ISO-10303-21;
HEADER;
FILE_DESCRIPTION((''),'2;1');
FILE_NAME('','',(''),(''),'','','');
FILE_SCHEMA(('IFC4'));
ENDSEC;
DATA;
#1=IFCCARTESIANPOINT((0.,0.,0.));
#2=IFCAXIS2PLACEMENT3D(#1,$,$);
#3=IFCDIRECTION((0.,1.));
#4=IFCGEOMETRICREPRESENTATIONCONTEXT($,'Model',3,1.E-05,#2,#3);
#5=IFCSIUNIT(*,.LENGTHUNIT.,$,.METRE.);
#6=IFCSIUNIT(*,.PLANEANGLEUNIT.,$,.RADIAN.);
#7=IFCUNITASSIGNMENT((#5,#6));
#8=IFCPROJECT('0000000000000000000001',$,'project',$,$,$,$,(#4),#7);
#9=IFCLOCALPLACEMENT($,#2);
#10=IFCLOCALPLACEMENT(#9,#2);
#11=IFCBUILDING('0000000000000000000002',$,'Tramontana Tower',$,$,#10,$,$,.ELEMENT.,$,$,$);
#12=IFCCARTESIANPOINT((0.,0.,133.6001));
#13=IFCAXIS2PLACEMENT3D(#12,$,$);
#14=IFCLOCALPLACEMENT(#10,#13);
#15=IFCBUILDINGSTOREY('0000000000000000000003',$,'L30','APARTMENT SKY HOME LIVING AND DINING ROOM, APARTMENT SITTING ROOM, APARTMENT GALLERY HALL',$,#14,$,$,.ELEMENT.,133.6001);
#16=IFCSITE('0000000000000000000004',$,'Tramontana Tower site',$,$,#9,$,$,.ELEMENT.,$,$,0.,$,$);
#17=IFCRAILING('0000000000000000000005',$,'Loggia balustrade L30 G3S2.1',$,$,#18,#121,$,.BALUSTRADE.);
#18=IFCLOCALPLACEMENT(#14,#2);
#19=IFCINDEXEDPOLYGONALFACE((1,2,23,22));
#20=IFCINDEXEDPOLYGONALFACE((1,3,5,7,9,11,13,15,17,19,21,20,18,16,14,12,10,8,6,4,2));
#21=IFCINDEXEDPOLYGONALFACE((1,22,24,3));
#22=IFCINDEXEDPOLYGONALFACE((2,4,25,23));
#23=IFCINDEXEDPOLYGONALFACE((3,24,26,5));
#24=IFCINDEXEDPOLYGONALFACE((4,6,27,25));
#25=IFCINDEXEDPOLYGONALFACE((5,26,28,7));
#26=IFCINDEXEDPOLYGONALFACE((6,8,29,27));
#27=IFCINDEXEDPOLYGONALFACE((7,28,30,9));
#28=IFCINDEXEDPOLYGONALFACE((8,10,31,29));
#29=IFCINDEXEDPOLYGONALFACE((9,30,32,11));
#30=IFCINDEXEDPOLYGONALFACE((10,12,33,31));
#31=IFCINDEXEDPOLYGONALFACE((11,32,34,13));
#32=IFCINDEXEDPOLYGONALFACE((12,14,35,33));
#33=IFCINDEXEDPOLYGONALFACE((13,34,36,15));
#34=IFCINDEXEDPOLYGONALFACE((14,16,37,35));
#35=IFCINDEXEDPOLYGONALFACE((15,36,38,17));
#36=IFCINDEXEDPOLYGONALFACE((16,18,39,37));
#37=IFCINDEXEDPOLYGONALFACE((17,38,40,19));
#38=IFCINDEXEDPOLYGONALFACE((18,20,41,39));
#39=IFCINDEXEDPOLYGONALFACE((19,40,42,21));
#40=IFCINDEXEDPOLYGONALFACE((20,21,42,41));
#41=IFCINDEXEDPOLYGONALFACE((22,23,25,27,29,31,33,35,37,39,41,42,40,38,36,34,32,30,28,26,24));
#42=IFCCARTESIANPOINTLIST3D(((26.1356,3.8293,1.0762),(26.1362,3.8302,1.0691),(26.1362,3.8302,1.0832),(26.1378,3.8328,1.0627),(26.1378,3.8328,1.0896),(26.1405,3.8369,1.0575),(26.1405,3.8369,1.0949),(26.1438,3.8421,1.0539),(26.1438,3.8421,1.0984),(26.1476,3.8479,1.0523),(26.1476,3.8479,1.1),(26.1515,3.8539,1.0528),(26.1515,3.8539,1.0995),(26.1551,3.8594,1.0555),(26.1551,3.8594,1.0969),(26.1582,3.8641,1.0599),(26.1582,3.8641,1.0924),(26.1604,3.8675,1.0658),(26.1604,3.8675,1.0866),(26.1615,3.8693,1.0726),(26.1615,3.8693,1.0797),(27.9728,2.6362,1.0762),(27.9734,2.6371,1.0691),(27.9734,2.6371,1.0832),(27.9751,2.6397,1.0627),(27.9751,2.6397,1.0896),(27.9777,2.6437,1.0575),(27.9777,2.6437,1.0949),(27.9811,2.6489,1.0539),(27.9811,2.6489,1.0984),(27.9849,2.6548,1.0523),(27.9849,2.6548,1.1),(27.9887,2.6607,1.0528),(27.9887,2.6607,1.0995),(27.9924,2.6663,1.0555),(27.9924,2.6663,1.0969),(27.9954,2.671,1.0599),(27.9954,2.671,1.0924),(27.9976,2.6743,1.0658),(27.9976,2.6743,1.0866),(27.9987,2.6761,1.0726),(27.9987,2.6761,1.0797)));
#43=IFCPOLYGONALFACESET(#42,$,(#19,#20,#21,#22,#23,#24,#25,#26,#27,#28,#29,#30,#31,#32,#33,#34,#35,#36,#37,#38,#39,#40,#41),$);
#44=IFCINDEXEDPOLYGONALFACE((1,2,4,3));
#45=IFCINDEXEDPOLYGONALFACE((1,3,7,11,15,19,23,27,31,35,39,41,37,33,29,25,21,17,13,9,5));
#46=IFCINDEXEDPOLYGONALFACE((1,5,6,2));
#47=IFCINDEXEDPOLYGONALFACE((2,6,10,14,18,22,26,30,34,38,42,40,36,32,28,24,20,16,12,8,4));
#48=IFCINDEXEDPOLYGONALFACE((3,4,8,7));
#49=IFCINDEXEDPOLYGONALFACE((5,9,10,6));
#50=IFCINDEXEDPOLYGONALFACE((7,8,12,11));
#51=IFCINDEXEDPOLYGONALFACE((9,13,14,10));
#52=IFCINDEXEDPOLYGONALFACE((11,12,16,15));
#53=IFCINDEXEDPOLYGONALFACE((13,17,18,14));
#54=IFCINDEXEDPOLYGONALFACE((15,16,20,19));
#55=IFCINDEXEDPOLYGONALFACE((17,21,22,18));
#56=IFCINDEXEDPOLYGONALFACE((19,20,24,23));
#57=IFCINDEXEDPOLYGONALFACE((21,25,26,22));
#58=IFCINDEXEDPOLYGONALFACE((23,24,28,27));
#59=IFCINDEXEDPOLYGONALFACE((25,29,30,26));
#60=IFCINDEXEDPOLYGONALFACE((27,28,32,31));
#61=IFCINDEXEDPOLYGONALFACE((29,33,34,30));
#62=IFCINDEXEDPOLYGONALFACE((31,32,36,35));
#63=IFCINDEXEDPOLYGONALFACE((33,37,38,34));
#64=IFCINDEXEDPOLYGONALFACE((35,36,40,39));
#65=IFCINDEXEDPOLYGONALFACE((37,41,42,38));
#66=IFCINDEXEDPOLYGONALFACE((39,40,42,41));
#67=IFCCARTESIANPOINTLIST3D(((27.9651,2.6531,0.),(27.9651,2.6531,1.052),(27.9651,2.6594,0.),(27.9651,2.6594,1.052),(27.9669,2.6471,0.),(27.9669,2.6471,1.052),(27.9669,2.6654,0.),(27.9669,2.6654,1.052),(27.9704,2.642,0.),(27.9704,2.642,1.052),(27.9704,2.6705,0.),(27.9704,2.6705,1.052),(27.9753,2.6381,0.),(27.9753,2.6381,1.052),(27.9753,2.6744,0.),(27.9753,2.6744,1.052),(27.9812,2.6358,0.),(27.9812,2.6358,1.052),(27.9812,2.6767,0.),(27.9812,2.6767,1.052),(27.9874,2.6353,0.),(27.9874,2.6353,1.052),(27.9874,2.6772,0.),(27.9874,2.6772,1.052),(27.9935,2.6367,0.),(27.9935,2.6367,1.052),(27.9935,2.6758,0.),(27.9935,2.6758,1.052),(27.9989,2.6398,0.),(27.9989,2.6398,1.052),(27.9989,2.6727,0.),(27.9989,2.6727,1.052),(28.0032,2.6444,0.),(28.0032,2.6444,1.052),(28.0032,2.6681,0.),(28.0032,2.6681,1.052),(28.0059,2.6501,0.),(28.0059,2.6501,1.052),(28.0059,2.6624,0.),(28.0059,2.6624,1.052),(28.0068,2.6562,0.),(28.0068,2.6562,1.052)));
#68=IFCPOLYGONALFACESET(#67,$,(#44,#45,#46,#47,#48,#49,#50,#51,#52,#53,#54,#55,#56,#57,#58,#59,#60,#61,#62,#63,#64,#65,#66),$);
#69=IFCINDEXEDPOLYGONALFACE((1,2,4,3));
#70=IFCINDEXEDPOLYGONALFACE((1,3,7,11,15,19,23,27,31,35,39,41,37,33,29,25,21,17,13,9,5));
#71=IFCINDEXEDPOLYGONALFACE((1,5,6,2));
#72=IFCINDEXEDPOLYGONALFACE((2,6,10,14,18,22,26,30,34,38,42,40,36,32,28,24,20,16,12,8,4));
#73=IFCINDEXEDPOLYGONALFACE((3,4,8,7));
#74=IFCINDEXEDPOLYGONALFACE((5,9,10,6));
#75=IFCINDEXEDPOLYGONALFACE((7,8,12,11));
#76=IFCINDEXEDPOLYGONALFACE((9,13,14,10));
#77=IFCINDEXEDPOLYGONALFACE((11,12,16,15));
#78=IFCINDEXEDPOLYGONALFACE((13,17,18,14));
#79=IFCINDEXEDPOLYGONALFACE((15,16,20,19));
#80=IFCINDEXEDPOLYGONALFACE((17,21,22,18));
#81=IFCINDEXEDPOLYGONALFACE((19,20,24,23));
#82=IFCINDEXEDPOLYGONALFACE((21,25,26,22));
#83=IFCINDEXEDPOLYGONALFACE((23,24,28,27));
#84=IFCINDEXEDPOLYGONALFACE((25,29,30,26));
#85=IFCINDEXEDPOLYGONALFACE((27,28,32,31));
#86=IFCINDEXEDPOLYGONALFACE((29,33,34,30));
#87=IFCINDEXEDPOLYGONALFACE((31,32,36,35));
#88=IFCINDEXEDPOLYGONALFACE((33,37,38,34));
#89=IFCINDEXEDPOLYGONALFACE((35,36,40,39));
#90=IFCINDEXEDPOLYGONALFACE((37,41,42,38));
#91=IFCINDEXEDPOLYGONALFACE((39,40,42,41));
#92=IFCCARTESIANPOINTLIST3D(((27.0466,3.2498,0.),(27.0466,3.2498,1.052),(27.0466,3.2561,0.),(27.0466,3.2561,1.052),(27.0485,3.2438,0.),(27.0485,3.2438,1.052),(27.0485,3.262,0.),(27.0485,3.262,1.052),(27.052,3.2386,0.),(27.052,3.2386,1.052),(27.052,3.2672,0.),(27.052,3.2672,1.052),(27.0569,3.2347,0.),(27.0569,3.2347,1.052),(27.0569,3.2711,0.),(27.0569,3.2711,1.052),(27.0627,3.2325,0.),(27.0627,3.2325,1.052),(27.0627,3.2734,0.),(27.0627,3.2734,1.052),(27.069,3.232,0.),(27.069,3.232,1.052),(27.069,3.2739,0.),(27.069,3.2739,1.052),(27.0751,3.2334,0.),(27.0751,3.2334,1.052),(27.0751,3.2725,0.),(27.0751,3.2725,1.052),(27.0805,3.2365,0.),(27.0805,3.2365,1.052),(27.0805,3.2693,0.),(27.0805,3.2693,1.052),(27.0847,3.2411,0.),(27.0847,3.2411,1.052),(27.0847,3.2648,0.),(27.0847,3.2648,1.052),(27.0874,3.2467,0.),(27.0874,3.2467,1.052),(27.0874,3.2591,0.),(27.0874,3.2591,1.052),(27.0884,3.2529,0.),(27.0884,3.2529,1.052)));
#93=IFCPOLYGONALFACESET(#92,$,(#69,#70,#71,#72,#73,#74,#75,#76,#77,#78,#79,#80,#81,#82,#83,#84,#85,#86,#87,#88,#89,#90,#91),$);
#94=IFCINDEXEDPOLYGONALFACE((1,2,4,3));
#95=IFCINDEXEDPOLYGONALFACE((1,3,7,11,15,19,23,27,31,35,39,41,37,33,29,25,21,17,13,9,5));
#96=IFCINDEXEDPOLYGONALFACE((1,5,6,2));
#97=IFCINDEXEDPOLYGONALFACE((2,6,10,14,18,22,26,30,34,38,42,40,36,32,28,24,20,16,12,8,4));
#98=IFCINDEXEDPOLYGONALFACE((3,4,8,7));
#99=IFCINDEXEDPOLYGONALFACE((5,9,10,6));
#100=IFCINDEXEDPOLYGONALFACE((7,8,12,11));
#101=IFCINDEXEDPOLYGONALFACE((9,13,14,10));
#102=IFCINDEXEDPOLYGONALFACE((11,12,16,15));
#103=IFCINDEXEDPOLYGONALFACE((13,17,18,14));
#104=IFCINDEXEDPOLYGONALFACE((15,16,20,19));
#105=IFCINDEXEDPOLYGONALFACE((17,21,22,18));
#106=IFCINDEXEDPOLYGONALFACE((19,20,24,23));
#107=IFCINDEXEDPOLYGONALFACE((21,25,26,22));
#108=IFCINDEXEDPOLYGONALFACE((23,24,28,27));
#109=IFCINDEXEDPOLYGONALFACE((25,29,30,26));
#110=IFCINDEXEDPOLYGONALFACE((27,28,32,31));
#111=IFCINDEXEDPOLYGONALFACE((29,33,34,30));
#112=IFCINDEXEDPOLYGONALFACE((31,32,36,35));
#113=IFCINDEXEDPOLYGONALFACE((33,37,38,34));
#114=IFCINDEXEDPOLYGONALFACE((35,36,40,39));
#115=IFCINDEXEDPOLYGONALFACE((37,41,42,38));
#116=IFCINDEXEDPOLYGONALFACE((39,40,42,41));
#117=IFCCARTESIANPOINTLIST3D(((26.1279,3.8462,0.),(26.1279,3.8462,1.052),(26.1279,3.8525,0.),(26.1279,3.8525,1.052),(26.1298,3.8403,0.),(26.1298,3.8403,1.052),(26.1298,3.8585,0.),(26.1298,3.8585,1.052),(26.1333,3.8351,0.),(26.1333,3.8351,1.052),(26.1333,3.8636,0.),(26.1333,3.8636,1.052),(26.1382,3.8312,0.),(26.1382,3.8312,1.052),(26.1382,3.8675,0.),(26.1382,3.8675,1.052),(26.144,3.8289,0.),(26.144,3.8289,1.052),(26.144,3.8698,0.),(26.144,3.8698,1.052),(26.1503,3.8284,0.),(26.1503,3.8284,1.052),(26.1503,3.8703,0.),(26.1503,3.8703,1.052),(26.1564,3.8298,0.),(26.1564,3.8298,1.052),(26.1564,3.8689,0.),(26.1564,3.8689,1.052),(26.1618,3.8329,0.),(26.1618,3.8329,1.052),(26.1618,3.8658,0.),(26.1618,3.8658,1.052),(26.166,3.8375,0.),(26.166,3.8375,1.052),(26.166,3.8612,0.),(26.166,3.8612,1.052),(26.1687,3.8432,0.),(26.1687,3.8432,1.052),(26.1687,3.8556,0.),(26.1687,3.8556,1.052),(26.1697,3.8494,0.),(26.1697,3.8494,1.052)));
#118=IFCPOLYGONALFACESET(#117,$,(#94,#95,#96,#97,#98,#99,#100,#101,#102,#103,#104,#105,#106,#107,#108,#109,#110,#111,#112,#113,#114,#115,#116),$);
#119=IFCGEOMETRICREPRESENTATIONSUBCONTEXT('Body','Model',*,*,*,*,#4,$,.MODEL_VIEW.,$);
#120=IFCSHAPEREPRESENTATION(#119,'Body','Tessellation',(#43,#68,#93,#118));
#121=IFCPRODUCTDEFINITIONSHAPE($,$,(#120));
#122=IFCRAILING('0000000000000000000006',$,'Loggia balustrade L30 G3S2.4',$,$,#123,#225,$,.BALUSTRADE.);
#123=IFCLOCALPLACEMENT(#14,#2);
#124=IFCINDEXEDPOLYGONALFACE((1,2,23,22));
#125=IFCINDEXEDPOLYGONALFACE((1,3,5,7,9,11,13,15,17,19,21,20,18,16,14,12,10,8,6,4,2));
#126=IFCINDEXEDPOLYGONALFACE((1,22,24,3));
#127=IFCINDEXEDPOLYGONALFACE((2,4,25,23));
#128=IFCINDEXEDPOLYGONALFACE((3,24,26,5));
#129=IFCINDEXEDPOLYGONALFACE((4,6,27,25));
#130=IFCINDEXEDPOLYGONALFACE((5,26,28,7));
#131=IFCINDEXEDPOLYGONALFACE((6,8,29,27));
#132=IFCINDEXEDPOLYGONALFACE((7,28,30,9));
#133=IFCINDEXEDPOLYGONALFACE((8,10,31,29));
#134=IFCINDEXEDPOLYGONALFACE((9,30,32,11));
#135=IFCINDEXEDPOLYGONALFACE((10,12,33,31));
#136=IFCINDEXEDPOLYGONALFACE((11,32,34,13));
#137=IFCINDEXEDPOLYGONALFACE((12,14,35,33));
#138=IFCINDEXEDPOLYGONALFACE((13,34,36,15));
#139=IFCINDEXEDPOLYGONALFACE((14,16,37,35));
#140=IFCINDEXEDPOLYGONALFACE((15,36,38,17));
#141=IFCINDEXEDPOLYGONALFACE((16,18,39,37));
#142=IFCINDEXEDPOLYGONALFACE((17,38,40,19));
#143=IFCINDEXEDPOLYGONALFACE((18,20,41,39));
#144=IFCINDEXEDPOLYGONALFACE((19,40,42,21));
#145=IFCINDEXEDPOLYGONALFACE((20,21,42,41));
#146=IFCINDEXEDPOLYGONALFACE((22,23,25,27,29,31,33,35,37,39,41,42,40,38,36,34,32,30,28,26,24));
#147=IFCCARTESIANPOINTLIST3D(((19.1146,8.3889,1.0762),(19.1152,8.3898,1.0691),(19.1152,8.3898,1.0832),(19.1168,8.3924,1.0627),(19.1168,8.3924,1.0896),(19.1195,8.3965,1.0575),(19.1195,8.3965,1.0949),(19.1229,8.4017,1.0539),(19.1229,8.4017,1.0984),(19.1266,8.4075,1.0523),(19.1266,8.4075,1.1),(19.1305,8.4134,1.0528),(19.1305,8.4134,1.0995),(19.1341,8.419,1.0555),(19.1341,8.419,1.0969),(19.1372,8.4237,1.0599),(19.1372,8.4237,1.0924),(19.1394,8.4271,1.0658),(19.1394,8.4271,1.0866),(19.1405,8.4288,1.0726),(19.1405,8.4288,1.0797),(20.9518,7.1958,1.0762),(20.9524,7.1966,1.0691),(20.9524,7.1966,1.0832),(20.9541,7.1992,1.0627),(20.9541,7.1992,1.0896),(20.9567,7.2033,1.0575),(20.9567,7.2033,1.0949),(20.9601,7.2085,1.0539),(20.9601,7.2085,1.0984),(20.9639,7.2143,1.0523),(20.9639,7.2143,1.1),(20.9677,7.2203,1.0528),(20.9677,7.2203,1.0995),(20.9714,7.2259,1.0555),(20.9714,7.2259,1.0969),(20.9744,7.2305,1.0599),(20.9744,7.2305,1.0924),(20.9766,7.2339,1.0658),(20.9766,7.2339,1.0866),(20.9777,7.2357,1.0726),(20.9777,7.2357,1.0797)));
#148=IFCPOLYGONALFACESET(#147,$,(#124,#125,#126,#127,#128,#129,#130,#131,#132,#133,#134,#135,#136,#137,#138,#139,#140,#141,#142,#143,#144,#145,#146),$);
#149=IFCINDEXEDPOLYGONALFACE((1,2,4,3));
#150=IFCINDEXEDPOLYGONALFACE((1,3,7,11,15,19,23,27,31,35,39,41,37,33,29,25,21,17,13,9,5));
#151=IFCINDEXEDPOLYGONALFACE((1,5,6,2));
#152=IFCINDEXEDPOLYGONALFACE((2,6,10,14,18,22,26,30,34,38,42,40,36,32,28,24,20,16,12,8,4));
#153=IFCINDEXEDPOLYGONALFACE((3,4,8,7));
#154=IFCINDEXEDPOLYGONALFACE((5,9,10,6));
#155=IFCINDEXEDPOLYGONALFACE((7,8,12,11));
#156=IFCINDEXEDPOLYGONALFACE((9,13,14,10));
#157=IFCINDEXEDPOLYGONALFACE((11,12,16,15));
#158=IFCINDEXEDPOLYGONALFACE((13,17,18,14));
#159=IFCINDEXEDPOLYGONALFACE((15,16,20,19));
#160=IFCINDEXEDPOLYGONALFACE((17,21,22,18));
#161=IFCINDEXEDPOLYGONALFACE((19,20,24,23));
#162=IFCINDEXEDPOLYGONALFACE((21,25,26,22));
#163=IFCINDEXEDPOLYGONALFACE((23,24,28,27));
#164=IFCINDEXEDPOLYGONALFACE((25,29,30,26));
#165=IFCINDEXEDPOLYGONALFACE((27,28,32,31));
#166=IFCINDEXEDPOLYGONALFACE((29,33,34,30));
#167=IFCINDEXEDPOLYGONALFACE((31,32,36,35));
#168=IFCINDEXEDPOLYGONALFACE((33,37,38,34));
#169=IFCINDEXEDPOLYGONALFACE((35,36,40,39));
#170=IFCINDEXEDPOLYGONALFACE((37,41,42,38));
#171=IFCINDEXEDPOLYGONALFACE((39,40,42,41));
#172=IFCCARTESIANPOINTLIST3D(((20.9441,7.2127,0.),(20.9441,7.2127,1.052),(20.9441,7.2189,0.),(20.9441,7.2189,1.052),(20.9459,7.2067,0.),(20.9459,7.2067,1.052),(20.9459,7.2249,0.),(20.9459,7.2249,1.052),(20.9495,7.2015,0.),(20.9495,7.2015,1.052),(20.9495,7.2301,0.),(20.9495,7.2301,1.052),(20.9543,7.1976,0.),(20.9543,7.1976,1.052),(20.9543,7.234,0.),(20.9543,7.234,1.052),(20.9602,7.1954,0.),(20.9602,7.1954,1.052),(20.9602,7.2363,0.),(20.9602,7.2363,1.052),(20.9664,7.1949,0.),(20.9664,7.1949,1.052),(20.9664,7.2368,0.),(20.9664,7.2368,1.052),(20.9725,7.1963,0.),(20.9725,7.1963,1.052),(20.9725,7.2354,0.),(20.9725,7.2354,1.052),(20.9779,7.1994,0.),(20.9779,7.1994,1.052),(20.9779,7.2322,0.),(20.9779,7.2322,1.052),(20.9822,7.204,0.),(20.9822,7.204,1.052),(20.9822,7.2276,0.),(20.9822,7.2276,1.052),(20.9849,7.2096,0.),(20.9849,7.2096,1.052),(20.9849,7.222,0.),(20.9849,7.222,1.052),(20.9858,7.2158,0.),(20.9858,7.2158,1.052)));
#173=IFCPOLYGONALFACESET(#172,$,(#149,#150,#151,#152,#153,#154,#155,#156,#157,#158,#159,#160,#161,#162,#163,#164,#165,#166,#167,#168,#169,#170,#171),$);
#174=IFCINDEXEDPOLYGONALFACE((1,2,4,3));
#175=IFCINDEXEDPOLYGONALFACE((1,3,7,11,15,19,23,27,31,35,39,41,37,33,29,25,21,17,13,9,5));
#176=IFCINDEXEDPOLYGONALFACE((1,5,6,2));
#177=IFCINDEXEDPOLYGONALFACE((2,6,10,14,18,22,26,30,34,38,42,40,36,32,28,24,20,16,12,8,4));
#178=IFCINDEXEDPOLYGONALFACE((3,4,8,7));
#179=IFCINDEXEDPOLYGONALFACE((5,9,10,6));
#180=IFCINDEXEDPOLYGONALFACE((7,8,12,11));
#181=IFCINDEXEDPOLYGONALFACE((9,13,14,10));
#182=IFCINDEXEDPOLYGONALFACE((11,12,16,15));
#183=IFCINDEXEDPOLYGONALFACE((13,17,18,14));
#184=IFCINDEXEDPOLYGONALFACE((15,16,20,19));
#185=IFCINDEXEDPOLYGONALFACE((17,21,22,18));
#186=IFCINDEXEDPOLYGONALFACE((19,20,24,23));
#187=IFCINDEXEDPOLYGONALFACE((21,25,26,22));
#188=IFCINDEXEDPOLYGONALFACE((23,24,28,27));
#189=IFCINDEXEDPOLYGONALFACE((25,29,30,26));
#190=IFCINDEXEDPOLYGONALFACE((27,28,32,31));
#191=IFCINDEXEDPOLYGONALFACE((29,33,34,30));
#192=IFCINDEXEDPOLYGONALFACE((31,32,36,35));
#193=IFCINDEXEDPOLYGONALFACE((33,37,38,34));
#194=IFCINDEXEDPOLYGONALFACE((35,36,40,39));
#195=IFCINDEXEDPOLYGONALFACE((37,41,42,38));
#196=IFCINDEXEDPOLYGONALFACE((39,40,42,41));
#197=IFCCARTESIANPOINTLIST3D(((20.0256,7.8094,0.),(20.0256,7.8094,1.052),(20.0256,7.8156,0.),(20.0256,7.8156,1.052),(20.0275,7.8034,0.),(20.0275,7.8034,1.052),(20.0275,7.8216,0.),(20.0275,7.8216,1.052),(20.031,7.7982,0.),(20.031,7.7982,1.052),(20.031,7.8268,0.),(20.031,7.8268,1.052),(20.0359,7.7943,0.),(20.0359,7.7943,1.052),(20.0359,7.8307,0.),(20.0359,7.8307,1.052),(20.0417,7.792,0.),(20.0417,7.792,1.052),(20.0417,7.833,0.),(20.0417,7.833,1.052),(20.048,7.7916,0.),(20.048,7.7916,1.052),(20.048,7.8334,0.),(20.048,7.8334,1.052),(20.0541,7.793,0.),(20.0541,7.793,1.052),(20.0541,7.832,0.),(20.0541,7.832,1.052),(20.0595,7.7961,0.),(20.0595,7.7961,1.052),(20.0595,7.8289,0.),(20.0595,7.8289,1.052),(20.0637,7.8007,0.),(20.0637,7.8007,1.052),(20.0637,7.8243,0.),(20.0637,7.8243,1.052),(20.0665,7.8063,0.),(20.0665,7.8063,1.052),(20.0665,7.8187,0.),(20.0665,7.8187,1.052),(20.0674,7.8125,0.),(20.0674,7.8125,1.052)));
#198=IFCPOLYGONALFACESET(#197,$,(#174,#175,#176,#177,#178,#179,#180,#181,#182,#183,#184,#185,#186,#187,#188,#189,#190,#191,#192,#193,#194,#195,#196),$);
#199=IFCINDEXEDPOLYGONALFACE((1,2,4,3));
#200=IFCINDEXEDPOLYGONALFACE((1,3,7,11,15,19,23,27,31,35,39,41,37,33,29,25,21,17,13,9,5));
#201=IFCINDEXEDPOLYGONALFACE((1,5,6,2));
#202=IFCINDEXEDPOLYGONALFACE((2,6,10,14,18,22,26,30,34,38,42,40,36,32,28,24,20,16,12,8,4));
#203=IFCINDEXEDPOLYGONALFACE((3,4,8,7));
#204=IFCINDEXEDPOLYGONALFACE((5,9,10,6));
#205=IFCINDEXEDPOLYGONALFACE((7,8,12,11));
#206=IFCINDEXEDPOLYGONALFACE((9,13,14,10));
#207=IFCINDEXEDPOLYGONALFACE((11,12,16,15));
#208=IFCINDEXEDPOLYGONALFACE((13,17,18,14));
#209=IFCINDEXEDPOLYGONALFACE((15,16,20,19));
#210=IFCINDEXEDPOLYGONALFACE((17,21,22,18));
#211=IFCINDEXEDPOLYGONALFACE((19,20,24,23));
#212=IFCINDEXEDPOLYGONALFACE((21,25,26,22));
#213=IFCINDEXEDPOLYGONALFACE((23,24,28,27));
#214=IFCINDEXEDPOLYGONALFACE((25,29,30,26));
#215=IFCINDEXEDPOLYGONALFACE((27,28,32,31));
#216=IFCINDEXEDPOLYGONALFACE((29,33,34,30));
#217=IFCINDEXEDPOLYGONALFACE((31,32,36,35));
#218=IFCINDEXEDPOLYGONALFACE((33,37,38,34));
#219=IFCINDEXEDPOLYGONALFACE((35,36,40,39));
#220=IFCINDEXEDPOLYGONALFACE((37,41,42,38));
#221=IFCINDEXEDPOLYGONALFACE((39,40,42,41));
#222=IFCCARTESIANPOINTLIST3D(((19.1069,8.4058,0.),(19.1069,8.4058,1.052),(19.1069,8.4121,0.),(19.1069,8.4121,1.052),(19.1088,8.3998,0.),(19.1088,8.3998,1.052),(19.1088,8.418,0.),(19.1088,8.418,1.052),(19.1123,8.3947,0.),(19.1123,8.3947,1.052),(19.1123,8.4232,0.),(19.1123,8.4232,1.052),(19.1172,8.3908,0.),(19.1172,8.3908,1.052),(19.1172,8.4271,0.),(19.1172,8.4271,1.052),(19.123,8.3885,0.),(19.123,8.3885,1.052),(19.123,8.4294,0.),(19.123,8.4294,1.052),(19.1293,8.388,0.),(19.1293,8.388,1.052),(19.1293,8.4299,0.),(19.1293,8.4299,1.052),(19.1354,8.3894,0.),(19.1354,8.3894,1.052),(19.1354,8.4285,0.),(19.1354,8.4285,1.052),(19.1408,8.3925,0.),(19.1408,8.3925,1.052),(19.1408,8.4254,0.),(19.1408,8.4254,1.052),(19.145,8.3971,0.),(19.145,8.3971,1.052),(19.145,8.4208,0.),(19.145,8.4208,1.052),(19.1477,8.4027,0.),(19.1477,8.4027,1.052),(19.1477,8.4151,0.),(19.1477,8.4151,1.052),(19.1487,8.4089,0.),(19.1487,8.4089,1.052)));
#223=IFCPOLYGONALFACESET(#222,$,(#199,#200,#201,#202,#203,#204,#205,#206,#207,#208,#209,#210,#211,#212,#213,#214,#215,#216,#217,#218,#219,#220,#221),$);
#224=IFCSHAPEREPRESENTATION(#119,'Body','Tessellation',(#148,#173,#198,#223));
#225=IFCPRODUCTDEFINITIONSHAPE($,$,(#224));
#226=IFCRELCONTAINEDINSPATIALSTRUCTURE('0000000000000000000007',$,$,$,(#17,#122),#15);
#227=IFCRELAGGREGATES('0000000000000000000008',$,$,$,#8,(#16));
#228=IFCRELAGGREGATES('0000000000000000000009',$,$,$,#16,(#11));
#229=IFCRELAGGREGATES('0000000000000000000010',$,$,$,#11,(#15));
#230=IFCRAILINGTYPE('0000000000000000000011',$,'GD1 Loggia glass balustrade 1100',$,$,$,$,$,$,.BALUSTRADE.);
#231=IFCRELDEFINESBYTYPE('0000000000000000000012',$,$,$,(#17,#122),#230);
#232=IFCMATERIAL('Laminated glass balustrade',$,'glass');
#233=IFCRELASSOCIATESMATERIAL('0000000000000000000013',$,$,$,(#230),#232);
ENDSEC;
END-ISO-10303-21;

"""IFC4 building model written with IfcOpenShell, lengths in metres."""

from ifc_helpers import new_model, si_unit, direction, frame, origin, origin_2d, place, context, subcontext, project, spatial, circle, extrude, material, type_object, element, save


model = new_model("IFC4")

# Units and contexts
model_context = context("Model", 3, precision=1e-05, world=origin(), true_north=direction((0.0, 1.0)))
body_context = subcontext(model_context, "Body", "Model", "MODEL_VIEW")
ifc_project = project(units=[si_unit("LENGTHUNIT", "METRE"), si_unit("PLANEANGLEUNIT", "RADIAN")], contexts=[model_context])

# Site, building, storey
site_placement = place(None, origin())
site = spatial("IfcSite", under=ifc_project, at=site_placement, Name="Tramontana Tower site", CompositionType="ELEMENT", RefElevation=0.0)
building_placement = place(site_placement, origin())
building = spatial("IfcBuilding", under=site, at=building_placement, Name="Tramontana Tower", CompositionType="ELEMENT")
storey_placement = place(building_placement, frame((0.0, 0.0, 133.6001)))
storey = spatial("IfcBuildingStorey", under=building, at=storey_placement, Name="L30", Description="APARTMENT SKY HOME LIVING AND DINING ROOM, APARTMENT SITTING ROOM, APARTMENT GALLERY HALL", CompositionType="ELEMENT", Elevation=133.6001)

# Railings
ifc_material_1 = material(Name="Laminated glass balustrade", Category="glass")
railing_type = type_object("IfcRailingType", Name="GD1 Loggia glass balustrade 1100", PredefinedType="BALUSTRADE", material=ifc_material_1)
for number, where, name in (
    (1, (27.9858, 2.6562, 0.0), "Loggia balustrade L30 G3S2.1"),
    (2, (20.9648, 7.2158, 0.0), "Loggia balustrade L30 G3S2.4"),
):
    element("IfcRailing", number, at=place(storey_placement, frame(where)), inside=storey, type_object=railing_type, Name=name, PredefinedType="BALUSTRADE", context=body_context, shape_type="SweptSolid", body=[
        extrude(circle(Radius=0.0239, at=origin_2d()), frame((0.0, 0.0, 1.0762), z_axis=(-0.83866, 0.544655, 0.0), x_axis=(-0.544655, -0.83866, 0.0)), (0.0, 0.0, 1.0), 2.1907),
        extrude(circle(Radius=0.021, at=origin_2d()), origin(), (0.0, 0.0, 1.0), 1.052),
        extrude(circle(Radius=0.021, at=origin_2d()), frame((-0.9185, 0.5967, 0.0)), (0.0, 0.0, 1.0), 1.052),
        extrude(circle(Radius=0.021, at=origin_2d()), frame((-1.8372, 1.1931, 0.0)), (0.0, 0.0, 1.0), 1.052),
    ])

save(model, "model.ifc")
